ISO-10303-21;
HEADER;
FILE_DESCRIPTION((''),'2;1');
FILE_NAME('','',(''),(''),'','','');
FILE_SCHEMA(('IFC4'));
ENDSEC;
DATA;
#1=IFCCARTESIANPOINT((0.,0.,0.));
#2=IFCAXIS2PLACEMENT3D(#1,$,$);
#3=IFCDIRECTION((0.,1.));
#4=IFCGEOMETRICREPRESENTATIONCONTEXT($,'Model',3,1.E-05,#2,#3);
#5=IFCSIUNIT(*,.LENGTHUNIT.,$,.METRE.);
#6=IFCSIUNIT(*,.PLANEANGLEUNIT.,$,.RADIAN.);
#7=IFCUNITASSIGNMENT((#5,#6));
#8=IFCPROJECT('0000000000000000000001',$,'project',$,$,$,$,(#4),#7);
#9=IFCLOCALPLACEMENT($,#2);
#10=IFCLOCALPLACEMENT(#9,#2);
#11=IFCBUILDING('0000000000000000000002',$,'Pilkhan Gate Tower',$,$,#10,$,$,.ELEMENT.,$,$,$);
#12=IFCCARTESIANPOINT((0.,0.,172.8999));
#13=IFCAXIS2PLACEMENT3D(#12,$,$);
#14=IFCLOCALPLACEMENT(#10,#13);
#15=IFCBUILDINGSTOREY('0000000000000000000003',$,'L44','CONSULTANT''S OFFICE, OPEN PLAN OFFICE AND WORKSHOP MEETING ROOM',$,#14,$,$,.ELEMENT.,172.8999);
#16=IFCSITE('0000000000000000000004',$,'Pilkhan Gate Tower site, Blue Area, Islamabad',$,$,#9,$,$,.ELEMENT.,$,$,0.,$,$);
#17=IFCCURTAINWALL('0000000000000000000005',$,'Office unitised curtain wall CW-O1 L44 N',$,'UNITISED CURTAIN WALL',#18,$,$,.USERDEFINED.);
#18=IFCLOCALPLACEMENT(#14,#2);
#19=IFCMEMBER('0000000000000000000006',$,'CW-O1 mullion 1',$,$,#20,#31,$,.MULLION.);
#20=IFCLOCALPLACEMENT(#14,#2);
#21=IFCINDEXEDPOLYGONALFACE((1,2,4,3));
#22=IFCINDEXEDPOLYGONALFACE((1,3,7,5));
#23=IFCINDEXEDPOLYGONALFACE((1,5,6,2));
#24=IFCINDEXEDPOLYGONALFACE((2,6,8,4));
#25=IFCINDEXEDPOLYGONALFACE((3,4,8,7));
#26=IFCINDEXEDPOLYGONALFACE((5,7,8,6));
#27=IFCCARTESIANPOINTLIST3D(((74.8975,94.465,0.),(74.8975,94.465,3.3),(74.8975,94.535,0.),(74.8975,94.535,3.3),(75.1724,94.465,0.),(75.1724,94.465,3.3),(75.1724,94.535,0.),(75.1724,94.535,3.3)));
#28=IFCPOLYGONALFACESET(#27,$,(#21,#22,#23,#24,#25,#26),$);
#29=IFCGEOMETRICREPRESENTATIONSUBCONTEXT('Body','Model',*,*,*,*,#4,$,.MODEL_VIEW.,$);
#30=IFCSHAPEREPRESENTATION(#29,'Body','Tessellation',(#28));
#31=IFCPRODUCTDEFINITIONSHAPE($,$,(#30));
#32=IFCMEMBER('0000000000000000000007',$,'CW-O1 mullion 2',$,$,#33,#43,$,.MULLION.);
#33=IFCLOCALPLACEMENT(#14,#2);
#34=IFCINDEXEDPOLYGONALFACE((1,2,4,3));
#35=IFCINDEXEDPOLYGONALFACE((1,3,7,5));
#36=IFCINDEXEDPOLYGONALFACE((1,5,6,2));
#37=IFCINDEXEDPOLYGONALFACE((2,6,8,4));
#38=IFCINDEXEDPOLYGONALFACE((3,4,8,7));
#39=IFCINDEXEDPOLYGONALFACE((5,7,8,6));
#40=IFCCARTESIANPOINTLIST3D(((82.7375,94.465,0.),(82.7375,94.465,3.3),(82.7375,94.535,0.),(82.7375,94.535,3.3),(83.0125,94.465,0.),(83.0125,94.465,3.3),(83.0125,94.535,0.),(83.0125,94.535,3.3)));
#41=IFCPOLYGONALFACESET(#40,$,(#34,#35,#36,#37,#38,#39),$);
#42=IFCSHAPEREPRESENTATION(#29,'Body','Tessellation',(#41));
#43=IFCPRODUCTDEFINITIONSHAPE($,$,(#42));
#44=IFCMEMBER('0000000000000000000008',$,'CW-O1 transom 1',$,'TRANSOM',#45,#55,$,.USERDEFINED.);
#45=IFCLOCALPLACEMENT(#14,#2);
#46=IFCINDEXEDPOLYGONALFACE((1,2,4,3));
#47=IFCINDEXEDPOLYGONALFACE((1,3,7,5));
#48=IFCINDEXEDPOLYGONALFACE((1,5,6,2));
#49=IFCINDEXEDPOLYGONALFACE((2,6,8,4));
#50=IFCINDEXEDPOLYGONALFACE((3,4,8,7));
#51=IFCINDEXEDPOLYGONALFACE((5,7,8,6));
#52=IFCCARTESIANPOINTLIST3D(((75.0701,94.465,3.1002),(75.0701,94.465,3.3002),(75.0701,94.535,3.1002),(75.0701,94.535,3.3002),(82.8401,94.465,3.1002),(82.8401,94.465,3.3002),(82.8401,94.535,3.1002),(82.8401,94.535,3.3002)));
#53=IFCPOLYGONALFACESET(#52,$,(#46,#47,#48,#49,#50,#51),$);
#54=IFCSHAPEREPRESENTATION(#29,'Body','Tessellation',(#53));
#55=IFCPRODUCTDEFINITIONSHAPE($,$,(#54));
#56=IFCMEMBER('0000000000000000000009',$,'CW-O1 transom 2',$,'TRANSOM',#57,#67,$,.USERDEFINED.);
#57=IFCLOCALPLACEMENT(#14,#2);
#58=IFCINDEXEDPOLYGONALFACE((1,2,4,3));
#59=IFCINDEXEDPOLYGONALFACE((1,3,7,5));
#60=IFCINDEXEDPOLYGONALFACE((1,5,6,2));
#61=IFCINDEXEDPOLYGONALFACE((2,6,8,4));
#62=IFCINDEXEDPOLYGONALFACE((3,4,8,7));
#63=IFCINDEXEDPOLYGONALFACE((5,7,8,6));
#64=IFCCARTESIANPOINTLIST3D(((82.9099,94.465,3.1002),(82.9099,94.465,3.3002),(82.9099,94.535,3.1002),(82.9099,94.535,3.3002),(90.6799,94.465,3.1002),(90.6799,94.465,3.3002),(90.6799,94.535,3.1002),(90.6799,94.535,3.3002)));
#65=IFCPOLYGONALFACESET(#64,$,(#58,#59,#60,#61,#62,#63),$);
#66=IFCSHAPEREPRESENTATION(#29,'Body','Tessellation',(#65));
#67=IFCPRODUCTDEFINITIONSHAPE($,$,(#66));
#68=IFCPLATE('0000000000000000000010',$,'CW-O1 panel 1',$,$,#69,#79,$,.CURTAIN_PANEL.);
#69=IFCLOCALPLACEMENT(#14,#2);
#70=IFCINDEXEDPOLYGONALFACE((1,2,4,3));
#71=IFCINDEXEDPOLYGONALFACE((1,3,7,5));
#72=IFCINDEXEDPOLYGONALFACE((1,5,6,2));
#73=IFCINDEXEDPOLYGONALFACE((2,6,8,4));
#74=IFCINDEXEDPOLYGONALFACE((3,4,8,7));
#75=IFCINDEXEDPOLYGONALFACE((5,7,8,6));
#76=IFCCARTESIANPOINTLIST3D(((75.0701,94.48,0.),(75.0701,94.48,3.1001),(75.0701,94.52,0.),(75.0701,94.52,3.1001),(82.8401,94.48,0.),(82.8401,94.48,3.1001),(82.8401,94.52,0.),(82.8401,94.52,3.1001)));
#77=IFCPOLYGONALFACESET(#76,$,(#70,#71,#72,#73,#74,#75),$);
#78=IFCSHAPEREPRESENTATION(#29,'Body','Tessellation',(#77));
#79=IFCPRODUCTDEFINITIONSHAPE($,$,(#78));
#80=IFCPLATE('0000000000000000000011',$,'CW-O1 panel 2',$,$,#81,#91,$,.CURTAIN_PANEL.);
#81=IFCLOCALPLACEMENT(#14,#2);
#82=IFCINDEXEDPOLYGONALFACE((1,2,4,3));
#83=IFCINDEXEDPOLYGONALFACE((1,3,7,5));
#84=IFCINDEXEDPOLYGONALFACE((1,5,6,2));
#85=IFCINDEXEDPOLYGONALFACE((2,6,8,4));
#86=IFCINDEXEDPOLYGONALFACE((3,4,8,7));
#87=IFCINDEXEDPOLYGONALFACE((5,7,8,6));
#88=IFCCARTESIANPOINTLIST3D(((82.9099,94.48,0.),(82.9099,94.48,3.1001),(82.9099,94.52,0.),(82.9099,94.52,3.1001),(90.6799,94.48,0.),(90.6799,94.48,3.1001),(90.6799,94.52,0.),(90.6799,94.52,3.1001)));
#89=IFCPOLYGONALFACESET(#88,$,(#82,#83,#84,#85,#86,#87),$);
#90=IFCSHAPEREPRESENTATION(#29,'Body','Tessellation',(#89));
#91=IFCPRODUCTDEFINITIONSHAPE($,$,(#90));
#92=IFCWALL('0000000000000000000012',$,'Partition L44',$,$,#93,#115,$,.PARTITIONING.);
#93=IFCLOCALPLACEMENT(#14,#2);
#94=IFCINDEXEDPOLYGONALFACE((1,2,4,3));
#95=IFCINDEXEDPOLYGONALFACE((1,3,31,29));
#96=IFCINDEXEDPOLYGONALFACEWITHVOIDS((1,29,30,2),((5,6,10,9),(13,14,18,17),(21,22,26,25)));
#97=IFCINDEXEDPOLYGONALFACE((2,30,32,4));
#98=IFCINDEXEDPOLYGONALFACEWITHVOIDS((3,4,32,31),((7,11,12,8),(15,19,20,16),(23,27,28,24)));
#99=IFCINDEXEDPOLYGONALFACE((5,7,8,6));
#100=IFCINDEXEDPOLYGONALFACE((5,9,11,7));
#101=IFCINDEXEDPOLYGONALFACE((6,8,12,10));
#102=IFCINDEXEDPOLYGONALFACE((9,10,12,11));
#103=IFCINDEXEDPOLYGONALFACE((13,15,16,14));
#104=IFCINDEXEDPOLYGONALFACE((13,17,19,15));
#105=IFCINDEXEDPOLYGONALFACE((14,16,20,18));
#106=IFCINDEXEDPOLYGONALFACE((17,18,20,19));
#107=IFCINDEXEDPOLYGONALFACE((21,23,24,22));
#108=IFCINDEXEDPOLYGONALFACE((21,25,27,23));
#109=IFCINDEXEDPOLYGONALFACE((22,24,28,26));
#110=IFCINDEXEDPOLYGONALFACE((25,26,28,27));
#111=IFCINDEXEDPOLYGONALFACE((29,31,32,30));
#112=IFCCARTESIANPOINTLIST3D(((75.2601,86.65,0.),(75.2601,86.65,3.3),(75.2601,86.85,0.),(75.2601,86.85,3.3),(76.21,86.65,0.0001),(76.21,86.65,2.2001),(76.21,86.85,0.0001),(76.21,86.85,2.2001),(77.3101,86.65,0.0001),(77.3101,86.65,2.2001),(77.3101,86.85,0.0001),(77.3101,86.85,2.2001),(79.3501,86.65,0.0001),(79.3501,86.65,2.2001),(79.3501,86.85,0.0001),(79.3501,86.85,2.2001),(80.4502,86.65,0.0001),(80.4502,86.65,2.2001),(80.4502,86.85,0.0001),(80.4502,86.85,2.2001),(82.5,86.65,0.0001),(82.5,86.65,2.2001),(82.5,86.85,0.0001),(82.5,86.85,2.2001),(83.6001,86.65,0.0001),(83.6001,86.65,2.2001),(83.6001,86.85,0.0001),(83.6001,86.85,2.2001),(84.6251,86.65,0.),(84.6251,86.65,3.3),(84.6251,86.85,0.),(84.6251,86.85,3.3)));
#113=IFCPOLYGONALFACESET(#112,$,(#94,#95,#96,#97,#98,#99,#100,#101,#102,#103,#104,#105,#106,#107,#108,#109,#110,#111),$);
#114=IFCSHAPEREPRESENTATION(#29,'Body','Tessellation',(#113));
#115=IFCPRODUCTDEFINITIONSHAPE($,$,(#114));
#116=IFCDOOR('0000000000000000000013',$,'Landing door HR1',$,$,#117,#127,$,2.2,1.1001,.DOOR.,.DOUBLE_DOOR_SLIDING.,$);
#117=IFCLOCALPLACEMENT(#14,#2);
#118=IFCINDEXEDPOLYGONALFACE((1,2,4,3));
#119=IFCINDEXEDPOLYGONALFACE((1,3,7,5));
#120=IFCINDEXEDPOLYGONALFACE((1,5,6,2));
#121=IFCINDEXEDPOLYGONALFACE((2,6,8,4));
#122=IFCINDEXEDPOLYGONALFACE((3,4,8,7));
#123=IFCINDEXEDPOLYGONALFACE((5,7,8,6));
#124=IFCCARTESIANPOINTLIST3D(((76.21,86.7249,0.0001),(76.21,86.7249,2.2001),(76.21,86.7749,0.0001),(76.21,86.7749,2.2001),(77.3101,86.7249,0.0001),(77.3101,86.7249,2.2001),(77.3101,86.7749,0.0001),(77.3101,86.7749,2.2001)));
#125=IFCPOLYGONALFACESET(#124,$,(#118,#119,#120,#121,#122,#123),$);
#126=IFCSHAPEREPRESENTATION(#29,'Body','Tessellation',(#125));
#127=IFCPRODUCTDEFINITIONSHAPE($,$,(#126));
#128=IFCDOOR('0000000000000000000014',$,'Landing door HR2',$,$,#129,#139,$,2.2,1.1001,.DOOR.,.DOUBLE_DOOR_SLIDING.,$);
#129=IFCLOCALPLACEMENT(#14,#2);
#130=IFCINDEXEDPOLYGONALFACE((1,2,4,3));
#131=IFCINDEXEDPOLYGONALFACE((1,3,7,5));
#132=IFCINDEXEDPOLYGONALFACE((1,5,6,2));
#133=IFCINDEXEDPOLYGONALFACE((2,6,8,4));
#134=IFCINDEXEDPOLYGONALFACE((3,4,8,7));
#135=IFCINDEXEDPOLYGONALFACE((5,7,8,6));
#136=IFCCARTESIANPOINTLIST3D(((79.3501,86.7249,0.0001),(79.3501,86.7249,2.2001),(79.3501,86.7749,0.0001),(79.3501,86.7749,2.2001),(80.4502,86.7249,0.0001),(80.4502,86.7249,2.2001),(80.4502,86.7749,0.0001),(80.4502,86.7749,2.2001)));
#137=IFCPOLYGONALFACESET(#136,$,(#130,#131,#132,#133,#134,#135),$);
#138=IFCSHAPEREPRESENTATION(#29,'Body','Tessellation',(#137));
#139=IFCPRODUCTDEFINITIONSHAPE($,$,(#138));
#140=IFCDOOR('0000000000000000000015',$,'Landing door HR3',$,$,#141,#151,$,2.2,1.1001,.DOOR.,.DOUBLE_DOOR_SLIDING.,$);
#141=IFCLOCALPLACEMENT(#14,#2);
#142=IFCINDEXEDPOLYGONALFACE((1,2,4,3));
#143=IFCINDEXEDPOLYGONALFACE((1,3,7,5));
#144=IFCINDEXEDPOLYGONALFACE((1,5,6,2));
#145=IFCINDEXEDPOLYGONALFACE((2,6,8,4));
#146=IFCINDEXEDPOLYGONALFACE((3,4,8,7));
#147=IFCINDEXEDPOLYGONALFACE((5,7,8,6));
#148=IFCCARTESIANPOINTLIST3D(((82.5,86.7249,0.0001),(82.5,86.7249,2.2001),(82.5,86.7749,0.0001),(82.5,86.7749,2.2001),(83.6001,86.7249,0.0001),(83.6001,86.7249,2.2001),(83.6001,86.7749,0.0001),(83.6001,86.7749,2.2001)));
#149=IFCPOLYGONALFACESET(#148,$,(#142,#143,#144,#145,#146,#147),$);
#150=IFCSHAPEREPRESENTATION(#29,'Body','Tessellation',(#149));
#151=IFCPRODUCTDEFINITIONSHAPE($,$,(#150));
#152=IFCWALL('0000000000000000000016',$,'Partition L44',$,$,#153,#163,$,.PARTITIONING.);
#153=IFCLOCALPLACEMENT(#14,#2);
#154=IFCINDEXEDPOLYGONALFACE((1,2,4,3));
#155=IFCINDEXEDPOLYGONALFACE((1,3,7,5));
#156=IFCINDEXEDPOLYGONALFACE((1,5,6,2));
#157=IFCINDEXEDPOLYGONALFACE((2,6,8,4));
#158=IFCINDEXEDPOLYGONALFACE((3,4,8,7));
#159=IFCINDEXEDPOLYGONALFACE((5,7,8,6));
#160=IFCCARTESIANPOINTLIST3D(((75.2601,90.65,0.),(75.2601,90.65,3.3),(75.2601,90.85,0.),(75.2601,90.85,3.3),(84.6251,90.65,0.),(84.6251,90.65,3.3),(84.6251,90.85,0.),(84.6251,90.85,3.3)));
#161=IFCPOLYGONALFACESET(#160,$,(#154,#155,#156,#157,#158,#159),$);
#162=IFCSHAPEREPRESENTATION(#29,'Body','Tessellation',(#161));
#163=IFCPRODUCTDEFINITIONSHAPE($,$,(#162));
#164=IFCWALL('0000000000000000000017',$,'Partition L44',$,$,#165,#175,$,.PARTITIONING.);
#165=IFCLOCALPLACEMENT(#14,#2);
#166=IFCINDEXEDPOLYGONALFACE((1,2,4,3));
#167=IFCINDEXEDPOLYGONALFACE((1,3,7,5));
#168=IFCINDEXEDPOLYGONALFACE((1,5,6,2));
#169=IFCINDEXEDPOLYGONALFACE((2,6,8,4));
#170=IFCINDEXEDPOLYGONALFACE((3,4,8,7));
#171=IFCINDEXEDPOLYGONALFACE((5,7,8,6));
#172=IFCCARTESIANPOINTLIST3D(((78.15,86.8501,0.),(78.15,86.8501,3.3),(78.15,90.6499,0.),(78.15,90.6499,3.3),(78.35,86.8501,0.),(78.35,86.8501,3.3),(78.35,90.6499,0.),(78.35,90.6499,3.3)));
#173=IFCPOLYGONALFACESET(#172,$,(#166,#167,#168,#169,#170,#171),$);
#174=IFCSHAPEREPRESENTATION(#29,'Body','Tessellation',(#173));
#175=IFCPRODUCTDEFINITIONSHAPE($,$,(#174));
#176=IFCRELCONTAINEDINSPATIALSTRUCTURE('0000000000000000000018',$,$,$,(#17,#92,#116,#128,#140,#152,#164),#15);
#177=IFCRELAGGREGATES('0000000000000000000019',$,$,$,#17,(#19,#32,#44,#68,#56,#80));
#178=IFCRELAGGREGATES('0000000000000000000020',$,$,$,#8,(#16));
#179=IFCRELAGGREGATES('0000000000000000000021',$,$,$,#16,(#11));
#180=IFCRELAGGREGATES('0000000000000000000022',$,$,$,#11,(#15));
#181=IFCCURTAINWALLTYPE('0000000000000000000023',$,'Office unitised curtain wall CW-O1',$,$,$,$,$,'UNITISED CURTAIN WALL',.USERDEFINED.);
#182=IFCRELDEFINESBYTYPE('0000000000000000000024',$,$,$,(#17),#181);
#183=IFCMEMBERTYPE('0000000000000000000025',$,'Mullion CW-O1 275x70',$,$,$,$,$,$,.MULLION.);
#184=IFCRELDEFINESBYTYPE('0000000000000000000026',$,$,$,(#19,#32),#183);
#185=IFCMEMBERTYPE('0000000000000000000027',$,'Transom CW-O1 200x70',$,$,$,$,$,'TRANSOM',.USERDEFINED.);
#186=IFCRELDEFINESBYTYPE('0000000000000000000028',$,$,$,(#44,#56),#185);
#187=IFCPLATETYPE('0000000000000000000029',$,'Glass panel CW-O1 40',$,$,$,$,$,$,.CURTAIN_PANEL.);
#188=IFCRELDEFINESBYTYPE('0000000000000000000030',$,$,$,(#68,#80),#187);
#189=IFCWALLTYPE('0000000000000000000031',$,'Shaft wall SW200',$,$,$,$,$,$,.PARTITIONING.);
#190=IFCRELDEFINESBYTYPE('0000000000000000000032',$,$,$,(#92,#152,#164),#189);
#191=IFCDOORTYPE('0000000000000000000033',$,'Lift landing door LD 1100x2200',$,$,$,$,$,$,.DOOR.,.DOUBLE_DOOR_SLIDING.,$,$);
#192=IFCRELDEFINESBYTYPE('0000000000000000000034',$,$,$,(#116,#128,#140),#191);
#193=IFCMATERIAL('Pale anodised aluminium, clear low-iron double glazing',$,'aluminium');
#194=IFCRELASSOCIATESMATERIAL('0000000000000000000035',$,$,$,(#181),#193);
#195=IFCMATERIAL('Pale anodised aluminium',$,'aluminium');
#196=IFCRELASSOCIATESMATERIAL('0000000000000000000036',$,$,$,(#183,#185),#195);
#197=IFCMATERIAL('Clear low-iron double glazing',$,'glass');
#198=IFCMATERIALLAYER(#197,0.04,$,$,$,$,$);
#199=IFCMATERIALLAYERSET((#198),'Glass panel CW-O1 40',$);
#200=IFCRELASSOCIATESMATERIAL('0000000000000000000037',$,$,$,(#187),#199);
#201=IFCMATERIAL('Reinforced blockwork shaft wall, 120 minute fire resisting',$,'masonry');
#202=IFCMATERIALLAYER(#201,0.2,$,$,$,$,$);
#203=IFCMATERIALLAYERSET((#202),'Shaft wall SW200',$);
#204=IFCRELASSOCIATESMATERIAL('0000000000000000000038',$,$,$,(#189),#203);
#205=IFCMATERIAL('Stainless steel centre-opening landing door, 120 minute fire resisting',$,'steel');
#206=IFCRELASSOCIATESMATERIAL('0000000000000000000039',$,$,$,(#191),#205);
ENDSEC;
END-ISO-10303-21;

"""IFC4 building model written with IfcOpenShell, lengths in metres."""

from ifc_helpers import new_model, si_unit, direction, frame, frame_2d, origin, origin_2d, place, context, subcontext, project, spatial, rectangle, extrude, material, layer, layer_set, material_profile, profile_set, type_object, element, fill, aggregate, save


model = new_model("IFC4")

# Units and contexts
model_context = context("Model", 3, precision=1e-05, world=origin(), true_north=direction((0.0, 1.0)))
body_context = subcontext(model_context, "Body", "Model", "MODEL_VIEW")
ifc_project = project(units=[si_unit("LENGTHUNIT", "METRE"), si_unit("PLANEANGLEUNIT", "RADIAN")], contexts=[model_context])

# Site, building, storey
site_placement = place(None, origin())
site = spatial("IfcSite", under=ifc_project, at=site_placement, Name="Pilkhan Gate Tower site, Blue Area, Islamabad", CompositionType="ELEMENT", RefElevation=0.0)
building_placement = place(site_placement, origin())
building = spatial("IfcBuilding", under=site, at=building_placement, Name="Pilkhan Gate Tower", CompositionType="ELEMENT")
storey_placement = place(building_placement, frame((0.0, 0.0, 172.8999)))
storey = spatial("IfcBuildingStorey", under=building, at=storey_placement, Name="L44", Description="CONSULTANT'S OFFICE, OPEN PLAN OFFICE AND WORKSHOP MEETING ROOM", CompositionType="ELEMENT", Elevation=172.8999)

# Curtain wall, members, plates
ifc_material_1 = material(Name="Pale anodised aluminium, clear low-iron double glazing", Category="aluminium")
curtain_wall_type = type_object("IfcCurtainWallType", Name="Office unitised curtain wall CW-O1", ElementType="UNITISED CURTAIN WALL", PredefinedType="USERDEFINED", material=ifc_material_1)
curtain_wall_placement = place(storey_placement, origin())
curtain_wall = element("IfcCurtainWall", 1, at=curtain_wall_placement, inside=storey, type_object=curtain_wall_type, Name="Office unitised curtain wall CW-O1 L44 N", ObjectType="UNITISED CURTAIN WALL", PredefinedType="USERDEFINED")
ifc_material_2 = material(Name="Pale anodised aluminium", Category="aluminium")
ifc_material_profile_1 = material_profile(ifc_material_2, rectangle(XDim=0.0701, YDim=0.2749, at=origin_2d()), Name="Mullion 275x70")
ifc_profile_set_1 = profile_set([ifc_material_profile_1], Name="Pale anodised aluminium")
member_type_1 = type_object("IfcMemberType", Name="Mullion CW-O1 275x70", PredefinedType="MULLION", material=ifc_profile_set_1)
member_1_placement = place(storey_placement, frame((75.0349, 94.5, 0.0), z_axis=(0.0, 0.0, 1.0), x_axis=(0.0, 1.0, 0.0)))
member_1 = element("IfcMember", 2, at=member_1_placement, type_object=member_type_1, Name="CW-O1 mullion 1", PredefinedType="MULLION", context=body_context, shape_type="SweptSolid", body=[
    extrude(rectangle(XDim=0.0701, YDim=0.2749, at=origin_2d()), origin(), (0.0, 0.0, 1.0), 3.3),
])
member_2_placement = place(storey_placement, frame((82.875, 94.5, 0.0), z_axis=(0.0, 0.0, 1.0), x_axis=(0.0, 1.0, 0.0)))
member_2 = element("IfcMember", 3, at=member_2_placement, type_object=member_type_1, Name="CW-O1 mullion 2", PredefinedType="MULLION", context=body_context, shape_type="SweptSolid", body=[
    extrude(rectangle(XDim=0.0701, YDim=0.2749, at=origin_2d()), origin(), (0.0, 0.0, 1.0), 3.3),
])
ifc_material_profile_2 = material_profile(ifc_material_2, rectangle(XDim=0.0701, YDim=0.2, at=origin_2d()), Name="Transom 200x70")
ifc_profile_set_2 = profile_set([ifc_material_profile_2], Name="Pale anodised aluminium")
member_type_2 = type_object("IfcMemberType", Name="Transom CW-O1 200x70", ElementType="TRANSOM", PredefinedType="USERDEFINED", material=ifc_profile_set_2)
member_3_placement = place(storey_placement, frame((75.0701, 94.5, 3.2002), z_axis=(1.0, 0.0, 0.0), x_axis=(0.0, 1.0, 0.0)))
member_3 = element("IfcMember", 4, at=member_3_placement, type_object=member_type_2, Name="CW-O1 transom 1", ObjectType="TRANSOM", PredefinedType="USERDEFINED", context=body_context, shape_type="SweptSolid", body=[
    extrude(rectangle(XDim=0.0701, YDim=0.2, at=origin_2d()), origin(), (0.0, 0.0, 1.0), 7.77),
])
member_4_placement = place(storey_placement, frame((82.9099, 94.5, 3.2002), z_axis=(1.0, 0.0, 0.0), x_axis=(0.0, 1.0, 0.0)))
member_4 = element("IfcMember", 5, at=member_4_placement, type_object=member_type_2, Name="CW-O1 transom 2", ObjectType="TRANSOM", PredefinedType="USERDEFINED", context=body_context, shape_type="SweptSolid", body=[
    extrude(rectangle(XDim=0.0701, YDim=0.2, at=origin_2d()), origin(), (0.0, 0.0, 1.0), 7.77),
])
ifc_material_3 = material(Name="Clear low-iron double glazing", Category="glass")
ifc_layer_1 = layer(ifc_material_3, 0.04)
ifc_layer_set_1 = layer_set([ifc_layer_1], Name="Glass panel CW-O1 40")
plate_type = type_object("IfcPlateType", Name="Glass panel CW-O1 40", PredefinedType="CURTAIN_PANEL", material=ifc_layer_set_1)
plate_1_placement = place(storey_placement, frame((78.9551, 94.5, 0.0), z_axis=(0.0, 0.0, 1.0), x_axis=(1.0, 0.0, 0.0)))
plate_1 = element("IfcPlate", 6, at=plate_1_placement, type_object=plate_type, Name="CW-O1 panel 1", PredefinedType="CURTAIN_PANEL", context=body_context, shape_type="SweptSolid", body=[
    extrude(rectangle(XDim=7.77, YDim=0.04, at=origin_2d()), origin(), (0.0, 0.0, 1.0), 3.1001),
])
plate_2_placement = place(storey_placement, frame((86.7949, 94.5, 0.0), z_axis=(0.0, 0.0, 1.0), x_axis=(1.0, 0.0, 0.0)))
plate_2 = element("IfcPlate", 7, at=plate_2_placement, type_object=plate_type, Name="CW-O1 panel 2", PredefinedType="CURTAIN_PANEL", context=body_context, shape_type="SweptSolid", body=[
    extrude(rectangle(XDim=7.77, YDim=0.04, at=origin_2d()), origin(), (0.0, 0.0, 1.0), 3.1001),
])
aggregate(curtain_wall, [member_1, member_2, member_3, plate_1, member_4, plate_2])

# Wall, openings, doors
ifc_material_4 = material(Name="Reinforced blockwork shaft wall, 120 minute fire resisting", Category="masonry")
ifc_layer_2 = layer(ifc_material_4, 0.2)
ifc_layer_set_2 = layer_set([ifc_layer_2], Name="Shaft wall SW200")
wall_type_1 = type_object("IfcWallType", Name="Shaft wall SW200", PredefinedType="PARTITIONING", material=ifc_layer_set_2)
wall_1_placement = place(storey_placement, frame((75.26, 86.75, 0.0), z_axis=(0.0, 0.0, 1.0), x_axis=(1.0, 0.0, 0.0)))
wall_1 = element("IfcWall", 8, at=wall_1_placement, inside=storey, type_object=wall_type_1, Name="Partition L44", PredefinedType="PARTITIONING", context=body_context, shape_type="SweptSolid", body=[
    extrude(rectangle(XDim=9.365, YDim=0.2, at=frame_2d((4.6826, 0.0))), origin(), (0.0, 0.0, 1.0), 3.3),
])
opening_1_placement = place(wall_1_placement, frame((0.95, 0.0, 0.0)))
opening_1 = element("IfcOpeningElement", 9, at=opening_1_placement, cuts=wall_1, PredefinedType="OPENING", context=body_context, shape_type="SweptSolid", body=[
    extrude(rectangle(XDim=1.1001, YDim=2.2, at=frame_2d((0.55, 1.1001))), frame((0.0, 0.1099, 0.0), z_axis=(0.0, -1.0, 0.0), x_axis=(1.0, 0.0, 0.0)), (0.0, 0.0, 1.0), 0.22),
])
opening_2_placement = place(wall_1_placement, frame((4.0901, 0.0, 0.0)))
opening_2 = element("IfcOpeningElement", 10, at=opening_2_placement, cuts=wall_1, PredefinedType="OPENING", context=body_context, shape_type="SweptSolid", body=[
    extrude(rectangle(XDim=1.1001, YDim=2.2, at=frame_2d((0.55, 1.1001))), frame((0.0, 0.1099, 0.0), z_axis=(0.0, -1.0, 0.0), x_axis=(1.0, 0.0, 0.0)), (0.0, 0.0, 1.0), 0.22),
])
opening_3_placement = place(wall_1_placement, frame((7.24, 0.0, 0.0)))
opening_3 = element("IfcOpeningElement", 11, at=opening_3_placement, cuts=wall_1, PredefinedType="OPENING", context=body_context, shape_type="SweptSolid", body=[
    extrude(rectangle(XDim=1.1001, YDim=2.2, at=frame_2d((0.55, 1.1001))), frame((0.0, 0.1099, 0.0), z_axis=(0.0, -1.0, 0.0), x_axis=(1.0, 0.0, 0.0)), (0.0, 0.0, 1.0), 0.22),
])
ifc_material_5 = material(Name="Stainless steel centre-opening landing door, 120 minute fire resisting", Category="steel")
door_type = type_object("IfcDoorType", Name="Lift landing door LD 1100x2200", OperationType="DOUBLE_DOOR_SLIDING", PredefinedType="DOOR", material=ifc_material_5)
door_1_placement = place(opening_1_placement, origin())
door_1 = element("IfcDoor", 12, at=door_1_placement, inside=storey, type_object=door_type, Name="Landing door HR1", OperationType="DOUBLE_DOOR_SLIDING", OverallHeight=2.2, OverallWidth=1.1001, PredefinedType="DOOR", context=body_context, shape_type="SweptSolid", body=[
    extrude(rectangle(XDim=1.1001, YDim=2.2, at=frame_2d((0.55, 1.1001))), frame((0.0, 0.0249, 0.0), z_axis=(0.0, -1.0, 0.0), x_axis=(1.0, 0.0, 0.0)), (0.0, 0.0, 1.0), 0.05),
])
fill(opening_1, door_1)
door_2_placement = place(opening_2_placement, origin())
door_2 = element("IfcDoor", 13, at=door_2_placement, inside=storey, type_object=door_type, Name="Landing door HR2", OperationType="DOUBLE_DOOR_SLIDING", OverallHeight=2.2, OverallWidth=1.1001, PredefinedType="DOOR", context=body_context, shape_type="SweptSolid", body=[
    extrude(rectangle(XDim=1.1001, YDim=2.2, at=frame_2d((0.55, 1.1001))), frame((0.0, 0.0249, 0.0), z_axis=(0.0, -1.0, 0.0), x_axis=(1.0, 0.0, 0.0)), (0.0, 0.0, 1.0), 0.05),
])
fill(opening_2, door_2)
door_3_placement = place(opening_3_placement, origin())
door_3 = element("IfcDoor", 14, at=door_3_placement, inside=storey, type_object=door_type, Name="Landing door HR3", OperationType="DOUBLE_DOOR_SLIDING", OverallHeight=2.2, OverallWidth=1.1001, PredefinedType="DOOR", context=body_context, shape_type="SweptSolid", body=[
    extrude(rectangle(XDim=1.1001, YDim=2.2, at=frame_2d((0.55, 1.1001))), frame((0.0, 0.0249, 0.0), z_axis=(0.0, -1.0, 0.0), x_axis=(1.0, 0.0, 0.0)), (0.0, 0.0, 1.0), 0.05),
])
fill(opening_3, door_3)

# Walls
wall_2_placement = place(storey_placement, frame((75.26, 90.75, 0.0), z_axis=(0.0, 0.0, 1.0), x_axis=(1.0, 0.0, 0.0)))
element("IfcWall", 15, at=wall_2_placement, inside=storey, type_object=wall_type_1, Name="Partition L44", PredefinedType="PARTITIONING", context=body_context, shape_type="SweptSolid", body=[
    extrude(rectangle(XDim=9.365, YDim=0.2, at=frame_2d((4.6826, 0.0))), origin(), (0.0, 0.0, 1.0), 3.3),
])
for number, where, z_axis, x_axis, name in (
    (16, (78.25, 86.8501, 0.0), (0.0, 0.0, 1.0), (0.0, 1.0, 0.0), "Partition L44"),
):
    element("IfcWall", number, at=place(storey_placement, frame(where, z_axis=z_axis, x_axis=x_axis)), inside=storey, type_object=wall_type_1, Name=name, PredefinedType="PARTITIONING", context=body_context, shape_type="SweptSolid", body=[
        extrude(rectangle(XDim=3.7998, YDim=0.2, at=frame_2d((1.8999, 0.0))), origin(), (0.0, 0.0, 1.0), 3.3),
    ])

save(model, "model.ifc")
